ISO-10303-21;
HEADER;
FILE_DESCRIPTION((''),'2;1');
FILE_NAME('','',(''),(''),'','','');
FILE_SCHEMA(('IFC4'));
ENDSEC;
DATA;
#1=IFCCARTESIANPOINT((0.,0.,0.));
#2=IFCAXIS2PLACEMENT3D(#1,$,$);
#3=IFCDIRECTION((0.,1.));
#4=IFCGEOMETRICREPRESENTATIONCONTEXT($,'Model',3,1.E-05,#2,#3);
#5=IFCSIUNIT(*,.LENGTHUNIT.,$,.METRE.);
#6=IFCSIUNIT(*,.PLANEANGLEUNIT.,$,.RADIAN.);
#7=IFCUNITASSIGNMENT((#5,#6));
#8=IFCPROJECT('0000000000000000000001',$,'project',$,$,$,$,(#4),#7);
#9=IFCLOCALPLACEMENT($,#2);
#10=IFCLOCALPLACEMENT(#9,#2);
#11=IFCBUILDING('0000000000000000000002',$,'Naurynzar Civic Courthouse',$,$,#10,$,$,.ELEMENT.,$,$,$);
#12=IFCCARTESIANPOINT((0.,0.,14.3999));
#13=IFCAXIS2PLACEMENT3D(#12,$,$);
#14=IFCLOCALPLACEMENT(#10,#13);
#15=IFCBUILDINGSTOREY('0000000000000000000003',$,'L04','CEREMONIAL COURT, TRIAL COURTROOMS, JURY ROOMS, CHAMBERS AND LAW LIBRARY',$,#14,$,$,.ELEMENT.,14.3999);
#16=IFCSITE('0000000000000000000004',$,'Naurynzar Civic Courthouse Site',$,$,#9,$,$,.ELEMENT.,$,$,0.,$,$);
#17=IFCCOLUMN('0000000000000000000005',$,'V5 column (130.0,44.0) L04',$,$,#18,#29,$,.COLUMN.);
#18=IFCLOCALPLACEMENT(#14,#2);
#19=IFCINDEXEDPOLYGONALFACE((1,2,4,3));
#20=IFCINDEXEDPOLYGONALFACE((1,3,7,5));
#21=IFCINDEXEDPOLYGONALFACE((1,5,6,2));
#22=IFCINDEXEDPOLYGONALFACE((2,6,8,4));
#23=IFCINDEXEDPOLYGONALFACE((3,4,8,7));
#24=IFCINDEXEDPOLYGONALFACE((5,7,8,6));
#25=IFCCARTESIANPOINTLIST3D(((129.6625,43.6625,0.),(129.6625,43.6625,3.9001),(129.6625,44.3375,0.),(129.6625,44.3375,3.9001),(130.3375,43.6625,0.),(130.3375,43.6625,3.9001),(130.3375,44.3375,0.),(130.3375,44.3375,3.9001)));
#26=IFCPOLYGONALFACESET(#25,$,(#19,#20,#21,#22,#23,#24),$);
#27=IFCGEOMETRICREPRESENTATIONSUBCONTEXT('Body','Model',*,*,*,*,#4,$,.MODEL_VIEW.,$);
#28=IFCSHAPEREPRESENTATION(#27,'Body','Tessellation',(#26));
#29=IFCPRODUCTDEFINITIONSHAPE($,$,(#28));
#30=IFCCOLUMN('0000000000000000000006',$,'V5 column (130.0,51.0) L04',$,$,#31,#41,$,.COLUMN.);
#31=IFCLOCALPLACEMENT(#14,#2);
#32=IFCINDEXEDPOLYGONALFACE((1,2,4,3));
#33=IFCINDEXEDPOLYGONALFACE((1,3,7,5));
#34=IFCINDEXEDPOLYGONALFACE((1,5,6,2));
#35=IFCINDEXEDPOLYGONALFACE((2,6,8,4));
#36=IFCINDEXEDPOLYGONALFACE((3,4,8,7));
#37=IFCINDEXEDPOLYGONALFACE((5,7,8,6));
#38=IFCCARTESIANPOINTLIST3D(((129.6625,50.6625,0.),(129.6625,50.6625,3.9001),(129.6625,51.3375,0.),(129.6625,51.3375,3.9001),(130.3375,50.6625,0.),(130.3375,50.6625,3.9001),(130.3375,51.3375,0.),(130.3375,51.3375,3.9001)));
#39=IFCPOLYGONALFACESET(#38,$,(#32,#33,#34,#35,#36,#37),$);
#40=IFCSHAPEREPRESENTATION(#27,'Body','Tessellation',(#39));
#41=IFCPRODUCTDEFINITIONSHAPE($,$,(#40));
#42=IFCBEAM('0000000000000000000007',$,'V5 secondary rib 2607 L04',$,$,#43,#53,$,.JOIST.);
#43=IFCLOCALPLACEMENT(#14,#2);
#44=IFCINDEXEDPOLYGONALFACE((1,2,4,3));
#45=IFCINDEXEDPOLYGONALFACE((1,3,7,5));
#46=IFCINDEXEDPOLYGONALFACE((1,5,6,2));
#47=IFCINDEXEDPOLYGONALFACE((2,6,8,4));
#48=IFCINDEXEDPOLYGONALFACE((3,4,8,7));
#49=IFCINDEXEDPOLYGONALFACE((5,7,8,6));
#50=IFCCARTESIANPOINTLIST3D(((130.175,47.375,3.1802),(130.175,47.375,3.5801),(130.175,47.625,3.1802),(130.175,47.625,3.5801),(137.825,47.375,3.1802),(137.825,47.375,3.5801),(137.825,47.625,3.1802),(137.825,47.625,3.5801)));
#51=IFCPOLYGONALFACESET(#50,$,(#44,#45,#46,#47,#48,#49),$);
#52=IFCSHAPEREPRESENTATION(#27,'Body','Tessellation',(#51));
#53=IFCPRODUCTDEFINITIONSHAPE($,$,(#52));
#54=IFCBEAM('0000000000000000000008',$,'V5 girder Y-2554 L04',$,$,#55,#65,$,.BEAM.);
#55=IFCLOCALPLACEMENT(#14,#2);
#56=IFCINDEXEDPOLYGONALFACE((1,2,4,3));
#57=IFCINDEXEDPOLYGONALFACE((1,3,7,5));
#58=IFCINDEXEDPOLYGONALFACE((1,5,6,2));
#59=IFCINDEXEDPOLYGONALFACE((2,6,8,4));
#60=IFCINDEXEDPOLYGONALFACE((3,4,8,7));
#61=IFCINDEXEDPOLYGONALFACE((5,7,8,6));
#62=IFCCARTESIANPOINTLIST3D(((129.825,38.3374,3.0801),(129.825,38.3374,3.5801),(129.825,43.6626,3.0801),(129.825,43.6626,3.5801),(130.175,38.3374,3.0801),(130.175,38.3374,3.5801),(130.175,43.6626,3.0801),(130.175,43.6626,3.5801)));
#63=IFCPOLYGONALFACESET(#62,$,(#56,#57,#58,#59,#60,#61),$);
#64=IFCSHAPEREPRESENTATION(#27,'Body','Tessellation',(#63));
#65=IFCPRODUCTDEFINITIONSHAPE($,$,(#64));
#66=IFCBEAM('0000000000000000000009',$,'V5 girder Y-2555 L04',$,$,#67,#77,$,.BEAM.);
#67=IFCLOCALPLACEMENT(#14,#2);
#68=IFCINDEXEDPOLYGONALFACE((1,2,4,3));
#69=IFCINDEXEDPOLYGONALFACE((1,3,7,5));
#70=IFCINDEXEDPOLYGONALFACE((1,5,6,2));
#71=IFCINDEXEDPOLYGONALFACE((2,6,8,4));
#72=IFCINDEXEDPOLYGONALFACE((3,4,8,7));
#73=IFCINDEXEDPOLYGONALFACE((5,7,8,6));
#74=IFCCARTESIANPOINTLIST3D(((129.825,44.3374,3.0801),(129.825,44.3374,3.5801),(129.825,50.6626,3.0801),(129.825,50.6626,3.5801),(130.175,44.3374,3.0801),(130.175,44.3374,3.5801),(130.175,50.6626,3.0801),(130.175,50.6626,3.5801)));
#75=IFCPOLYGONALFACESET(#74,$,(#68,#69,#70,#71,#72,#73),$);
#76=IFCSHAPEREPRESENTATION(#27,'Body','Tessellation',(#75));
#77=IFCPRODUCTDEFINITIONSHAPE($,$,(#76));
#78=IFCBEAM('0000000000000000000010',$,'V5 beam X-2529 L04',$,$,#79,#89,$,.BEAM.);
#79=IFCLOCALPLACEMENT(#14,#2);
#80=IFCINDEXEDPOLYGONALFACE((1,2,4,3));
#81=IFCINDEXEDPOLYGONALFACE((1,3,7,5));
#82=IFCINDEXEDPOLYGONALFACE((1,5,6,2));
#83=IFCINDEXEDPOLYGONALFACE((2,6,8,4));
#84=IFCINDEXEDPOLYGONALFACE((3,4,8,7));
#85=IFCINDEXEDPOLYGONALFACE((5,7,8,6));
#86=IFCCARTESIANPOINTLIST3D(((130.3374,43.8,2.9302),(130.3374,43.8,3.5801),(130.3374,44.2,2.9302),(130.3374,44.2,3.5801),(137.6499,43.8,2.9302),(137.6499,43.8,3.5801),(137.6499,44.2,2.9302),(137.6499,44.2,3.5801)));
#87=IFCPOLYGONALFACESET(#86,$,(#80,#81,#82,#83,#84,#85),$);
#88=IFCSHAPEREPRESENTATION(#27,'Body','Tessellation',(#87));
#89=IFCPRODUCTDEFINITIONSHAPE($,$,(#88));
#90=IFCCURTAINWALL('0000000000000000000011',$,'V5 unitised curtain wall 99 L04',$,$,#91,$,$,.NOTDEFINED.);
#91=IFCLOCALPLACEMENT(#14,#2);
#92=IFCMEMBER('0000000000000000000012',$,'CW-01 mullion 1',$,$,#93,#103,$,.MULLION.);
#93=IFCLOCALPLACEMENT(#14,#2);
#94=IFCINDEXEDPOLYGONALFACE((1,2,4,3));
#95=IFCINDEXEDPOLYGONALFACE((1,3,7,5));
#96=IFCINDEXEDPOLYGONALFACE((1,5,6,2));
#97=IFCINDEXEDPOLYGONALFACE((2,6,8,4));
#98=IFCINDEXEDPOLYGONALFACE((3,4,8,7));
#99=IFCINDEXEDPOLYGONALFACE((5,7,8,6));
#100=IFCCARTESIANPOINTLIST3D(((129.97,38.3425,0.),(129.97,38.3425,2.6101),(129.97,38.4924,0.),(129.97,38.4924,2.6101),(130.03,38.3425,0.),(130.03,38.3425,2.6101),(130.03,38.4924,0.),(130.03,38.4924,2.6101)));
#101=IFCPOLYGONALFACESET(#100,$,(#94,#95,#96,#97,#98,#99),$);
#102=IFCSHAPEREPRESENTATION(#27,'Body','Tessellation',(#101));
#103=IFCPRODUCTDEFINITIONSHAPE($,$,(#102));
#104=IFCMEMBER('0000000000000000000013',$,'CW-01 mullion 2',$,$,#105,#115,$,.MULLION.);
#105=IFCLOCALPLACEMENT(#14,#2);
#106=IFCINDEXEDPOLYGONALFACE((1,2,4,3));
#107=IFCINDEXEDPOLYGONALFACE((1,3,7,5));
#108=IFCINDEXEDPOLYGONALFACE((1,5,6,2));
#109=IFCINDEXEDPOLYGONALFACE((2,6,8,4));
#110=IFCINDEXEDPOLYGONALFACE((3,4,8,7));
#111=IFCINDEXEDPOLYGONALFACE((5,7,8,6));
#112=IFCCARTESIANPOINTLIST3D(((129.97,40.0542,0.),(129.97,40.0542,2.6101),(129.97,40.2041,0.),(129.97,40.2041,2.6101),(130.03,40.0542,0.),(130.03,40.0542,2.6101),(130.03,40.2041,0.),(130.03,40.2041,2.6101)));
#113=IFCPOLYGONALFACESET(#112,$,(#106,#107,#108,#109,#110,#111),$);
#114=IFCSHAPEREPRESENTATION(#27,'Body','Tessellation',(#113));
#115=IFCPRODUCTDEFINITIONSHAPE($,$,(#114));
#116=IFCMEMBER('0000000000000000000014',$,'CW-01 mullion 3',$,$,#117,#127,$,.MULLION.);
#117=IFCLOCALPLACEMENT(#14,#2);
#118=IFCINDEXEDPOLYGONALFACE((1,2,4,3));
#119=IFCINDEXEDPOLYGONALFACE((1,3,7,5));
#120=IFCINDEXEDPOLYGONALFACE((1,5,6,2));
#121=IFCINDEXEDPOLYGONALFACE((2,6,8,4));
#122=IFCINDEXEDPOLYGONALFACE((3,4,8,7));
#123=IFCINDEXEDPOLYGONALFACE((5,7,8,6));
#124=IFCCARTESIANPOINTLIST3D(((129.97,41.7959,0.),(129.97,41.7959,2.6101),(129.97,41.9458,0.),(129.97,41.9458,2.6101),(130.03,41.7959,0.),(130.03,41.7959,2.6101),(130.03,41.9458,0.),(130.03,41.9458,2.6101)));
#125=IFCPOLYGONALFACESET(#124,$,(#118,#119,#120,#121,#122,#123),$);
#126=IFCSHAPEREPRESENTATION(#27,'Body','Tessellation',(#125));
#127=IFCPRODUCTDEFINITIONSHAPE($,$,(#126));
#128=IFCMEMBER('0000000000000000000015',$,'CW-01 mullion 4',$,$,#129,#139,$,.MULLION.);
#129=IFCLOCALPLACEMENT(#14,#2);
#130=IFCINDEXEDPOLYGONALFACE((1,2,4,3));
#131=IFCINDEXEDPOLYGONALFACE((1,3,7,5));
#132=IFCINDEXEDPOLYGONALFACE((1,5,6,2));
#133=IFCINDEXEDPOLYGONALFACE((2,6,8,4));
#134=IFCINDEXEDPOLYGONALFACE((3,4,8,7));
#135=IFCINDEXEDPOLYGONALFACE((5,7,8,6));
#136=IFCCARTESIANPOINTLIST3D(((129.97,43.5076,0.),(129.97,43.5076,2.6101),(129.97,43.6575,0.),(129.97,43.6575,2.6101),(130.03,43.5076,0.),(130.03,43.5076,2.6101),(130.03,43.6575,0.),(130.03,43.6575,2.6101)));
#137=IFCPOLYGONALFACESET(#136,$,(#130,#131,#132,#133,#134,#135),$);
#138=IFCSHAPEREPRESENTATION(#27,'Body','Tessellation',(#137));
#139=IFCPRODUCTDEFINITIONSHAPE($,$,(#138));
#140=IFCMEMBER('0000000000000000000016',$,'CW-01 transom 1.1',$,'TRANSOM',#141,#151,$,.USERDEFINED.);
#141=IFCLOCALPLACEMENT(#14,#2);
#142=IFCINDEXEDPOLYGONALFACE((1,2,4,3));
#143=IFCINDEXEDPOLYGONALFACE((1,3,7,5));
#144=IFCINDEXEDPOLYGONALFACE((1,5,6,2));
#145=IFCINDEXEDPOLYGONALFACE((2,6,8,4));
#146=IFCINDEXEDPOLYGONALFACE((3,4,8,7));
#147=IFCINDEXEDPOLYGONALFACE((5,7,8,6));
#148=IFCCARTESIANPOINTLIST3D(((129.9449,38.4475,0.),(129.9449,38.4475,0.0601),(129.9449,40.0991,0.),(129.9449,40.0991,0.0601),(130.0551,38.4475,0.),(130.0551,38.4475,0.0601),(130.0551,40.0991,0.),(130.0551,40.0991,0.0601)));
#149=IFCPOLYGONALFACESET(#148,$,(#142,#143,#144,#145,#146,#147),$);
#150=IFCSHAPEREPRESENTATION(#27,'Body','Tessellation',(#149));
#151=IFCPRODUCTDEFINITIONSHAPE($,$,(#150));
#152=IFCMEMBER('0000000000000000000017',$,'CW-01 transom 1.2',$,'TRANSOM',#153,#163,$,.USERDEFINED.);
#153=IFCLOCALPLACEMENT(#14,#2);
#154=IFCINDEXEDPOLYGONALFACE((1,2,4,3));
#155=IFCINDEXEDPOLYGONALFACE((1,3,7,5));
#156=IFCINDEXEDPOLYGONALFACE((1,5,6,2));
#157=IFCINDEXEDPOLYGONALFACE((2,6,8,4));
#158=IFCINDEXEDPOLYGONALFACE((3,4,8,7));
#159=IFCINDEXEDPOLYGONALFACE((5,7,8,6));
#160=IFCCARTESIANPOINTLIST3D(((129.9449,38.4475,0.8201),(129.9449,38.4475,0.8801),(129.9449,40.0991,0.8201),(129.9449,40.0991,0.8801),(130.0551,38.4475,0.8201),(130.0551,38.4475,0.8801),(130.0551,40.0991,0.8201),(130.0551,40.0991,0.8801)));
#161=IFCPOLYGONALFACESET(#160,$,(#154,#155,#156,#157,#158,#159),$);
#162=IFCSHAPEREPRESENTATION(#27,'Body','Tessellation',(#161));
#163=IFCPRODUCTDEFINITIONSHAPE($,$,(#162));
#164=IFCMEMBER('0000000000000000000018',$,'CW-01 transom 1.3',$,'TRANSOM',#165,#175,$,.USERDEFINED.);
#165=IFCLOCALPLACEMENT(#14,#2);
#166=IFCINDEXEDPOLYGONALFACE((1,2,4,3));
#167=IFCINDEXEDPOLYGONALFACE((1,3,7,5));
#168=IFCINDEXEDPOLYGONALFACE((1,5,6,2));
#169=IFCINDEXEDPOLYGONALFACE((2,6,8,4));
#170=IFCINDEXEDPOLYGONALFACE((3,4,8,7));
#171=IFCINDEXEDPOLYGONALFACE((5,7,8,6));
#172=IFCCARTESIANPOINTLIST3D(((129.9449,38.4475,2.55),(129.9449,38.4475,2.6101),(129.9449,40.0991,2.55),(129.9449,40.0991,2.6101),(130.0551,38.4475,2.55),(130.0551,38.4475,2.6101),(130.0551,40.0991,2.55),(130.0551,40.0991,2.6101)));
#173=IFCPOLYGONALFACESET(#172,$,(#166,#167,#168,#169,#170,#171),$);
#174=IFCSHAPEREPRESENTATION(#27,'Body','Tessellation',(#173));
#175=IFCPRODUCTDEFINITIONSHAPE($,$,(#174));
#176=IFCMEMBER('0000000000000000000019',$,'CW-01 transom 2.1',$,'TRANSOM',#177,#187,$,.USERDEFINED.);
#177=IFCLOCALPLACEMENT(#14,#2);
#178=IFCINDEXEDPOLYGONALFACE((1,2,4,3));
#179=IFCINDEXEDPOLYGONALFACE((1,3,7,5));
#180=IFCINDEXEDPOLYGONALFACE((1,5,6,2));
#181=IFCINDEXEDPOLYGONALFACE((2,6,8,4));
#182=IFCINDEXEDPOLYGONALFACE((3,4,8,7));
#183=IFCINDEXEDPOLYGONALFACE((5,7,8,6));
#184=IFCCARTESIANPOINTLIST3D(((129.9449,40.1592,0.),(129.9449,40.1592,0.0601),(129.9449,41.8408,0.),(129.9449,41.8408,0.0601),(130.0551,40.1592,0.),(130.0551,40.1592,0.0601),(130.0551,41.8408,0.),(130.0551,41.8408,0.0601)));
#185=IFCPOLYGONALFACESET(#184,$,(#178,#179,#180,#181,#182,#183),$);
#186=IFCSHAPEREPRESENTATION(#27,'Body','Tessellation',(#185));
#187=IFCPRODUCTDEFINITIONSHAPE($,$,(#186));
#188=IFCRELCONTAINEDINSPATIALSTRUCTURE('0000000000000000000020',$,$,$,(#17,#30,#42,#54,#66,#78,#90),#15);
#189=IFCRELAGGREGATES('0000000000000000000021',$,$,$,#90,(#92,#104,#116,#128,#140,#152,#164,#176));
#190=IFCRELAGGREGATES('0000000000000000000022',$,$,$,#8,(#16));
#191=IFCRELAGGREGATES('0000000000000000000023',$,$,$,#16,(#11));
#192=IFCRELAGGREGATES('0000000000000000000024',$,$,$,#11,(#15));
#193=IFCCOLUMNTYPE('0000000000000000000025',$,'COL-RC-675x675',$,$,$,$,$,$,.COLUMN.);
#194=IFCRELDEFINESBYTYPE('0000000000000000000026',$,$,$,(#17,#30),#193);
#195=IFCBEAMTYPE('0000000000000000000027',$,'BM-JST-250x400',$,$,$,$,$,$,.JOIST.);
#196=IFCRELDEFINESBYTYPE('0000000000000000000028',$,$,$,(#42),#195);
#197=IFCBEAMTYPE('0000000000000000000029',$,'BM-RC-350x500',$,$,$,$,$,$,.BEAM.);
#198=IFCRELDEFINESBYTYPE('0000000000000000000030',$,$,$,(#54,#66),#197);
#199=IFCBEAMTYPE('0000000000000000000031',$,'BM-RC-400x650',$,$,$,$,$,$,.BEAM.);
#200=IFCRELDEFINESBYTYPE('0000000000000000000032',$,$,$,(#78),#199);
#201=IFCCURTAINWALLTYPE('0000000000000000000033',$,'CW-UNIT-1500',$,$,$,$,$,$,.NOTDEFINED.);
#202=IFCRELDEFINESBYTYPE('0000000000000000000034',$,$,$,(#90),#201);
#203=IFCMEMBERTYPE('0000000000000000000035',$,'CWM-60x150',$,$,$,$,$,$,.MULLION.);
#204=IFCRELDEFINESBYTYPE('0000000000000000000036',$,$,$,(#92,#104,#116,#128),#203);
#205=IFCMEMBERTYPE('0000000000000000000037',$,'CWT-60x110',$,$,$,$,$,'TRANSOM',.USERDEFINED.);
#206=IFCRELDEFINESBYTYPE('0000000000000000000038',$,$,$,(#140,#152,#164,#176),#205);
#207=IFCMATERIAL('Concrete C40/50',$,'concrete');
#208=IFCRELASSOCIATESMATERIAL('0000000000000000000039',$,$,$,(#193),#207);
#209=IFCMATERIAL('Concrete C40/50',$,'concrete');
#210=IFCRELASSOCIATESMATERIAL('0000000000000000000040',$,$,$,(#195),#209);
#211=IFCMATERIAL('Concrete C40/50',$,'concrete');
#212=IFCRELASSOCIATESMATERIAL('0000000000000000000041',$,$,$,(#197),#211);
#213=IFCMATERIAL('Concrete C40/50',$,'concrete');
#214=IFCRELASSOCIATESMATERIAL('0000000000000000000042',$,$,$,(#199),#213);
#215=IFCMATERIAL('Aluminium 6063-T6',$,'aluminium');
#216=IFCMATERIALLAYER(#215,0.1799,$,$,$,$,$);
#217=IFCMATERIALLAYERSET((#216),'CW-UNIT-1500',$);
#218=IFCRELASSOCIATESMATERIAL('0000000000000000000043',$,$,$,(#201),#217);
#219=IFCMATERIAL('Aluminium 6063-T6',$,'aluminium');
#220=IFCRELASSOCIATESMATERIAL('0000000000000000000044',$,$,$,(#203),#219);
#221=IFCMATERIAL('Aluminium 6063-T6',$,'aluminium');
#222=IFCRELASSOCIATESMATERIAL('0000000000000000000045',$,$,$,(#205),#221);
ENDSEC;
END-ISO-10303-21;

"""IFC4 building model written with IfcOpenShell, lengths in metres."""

from ifc_helpers import new_model, si_unit, direction, frame, origin, origin_2d, place, context, subcontext, project, spatial, rectangle, extrude, material, layer, layer_set, material_profile, profile_set, type_object, element, aggregate, save


model = new_model("IFC4")

# Units and contexts
model_context = context("Model", 3, precision=1e-05, world=origin(), true_north=direction((0.0, 1.0)))
body_context = subcontext(model_context, "Body", "Model", "MODEL_VIEW")
ifc_project = project(units=[si_unit("LENGTHUNIT", "METRE"), si_unit("PLANEANGLEUNIT", "RADIAN")], contexts=[model_context])

# Site, building, storey
site_placement = place(None, origin())
site = spatial("IfcSite", under=ifc_project, at=site_placement, Name="Naurynzar Civic Courthouse Site", CompositionType="ELEMENT", RefElevation=0.0)
building_placement = place(site_placement, origin())
building = spatial("IfcBuilding", under=site, at=building_placement, Name="Naurynzar Civic Courthouse", CompositionType="ELEMENT")
storey_placement = place(building_placement, frame((0.0, 0.0, 14.3999)))
storey = spatial("IfcBuildingStorey", under=building, at=storey_placement, Name="L04", Description="CEREMONIAL COURT, TRIAL COURTROOMS, JURY ROOMS, CHAMBERS AND LAW LIBRARY", CompositionType="ELEMENT", Elevation=14.3999)

# Columns
ifc_material_1 = material(Name="Concrete C40/50", Category="concrete")
ifc_material_profile_1 = material_profile(ifc_material_1, rectangle(XDim=0.675, YDim=0.675, at=origin_2d()), Name="RC 675x675")
ifc_profile_set_1 = profile_set([ifc_material_profile_1], Name="Concrete C40/50")
column_type = type_object("IfcColumnType", Name="COL-RC-675x675", PredefinedType="COLUMN", material=ifc_profile_set_1)
for number, where, z_axis, x_axis, name in (
    (1, (130.0, 44.0, 0.0), (0.0, 0.0, 1.0), (1.0, 0.0, 0.0), "V5 column (130.0,44.0) L04"),
    (2, (130.0, 51.0, 0.0), (0.0, 0.0, 1.0), (1.0, 0.0, 0.0), "V5 column (130.0,51.0) L04"),
):
    element("IfcColumn", number, at=place(storey_placement, frame(where, z_axis=z_axis, x_axis=x_axis)), inside=storey, type_object=column_type, Name=name, PredefinedType="COLUMN", context=body_context, shape_type="SweptSolid", body=[
        extrude(rectangle(XDim=0.675, YDim=0.675, at=origin_2d()), origin(), (0.0, 0.0, 1.0), 3.9001),
    ])

# Beams
ifc_material_2 = material(Name="Concrete C40/50", Category="concrete")
ifc_material_profile_2 = material_profile(ifc_material_2, rectangle(XDim=0.25, YDim=0.3999, at=origin_2d()), Name="RCB 250x400")
ifc_profile_set_2 = profile_set([ifc_material_profile_2], Name="Concrete C40/50")
beam_type_1 = type_object("IfcBeamType", Name="BM-JST-250x400", PredefinedType="JOIST", material=ifc_profile_set_2)
beam_1_placement = place(storey_placement, frame((130.175, 47.5, 3.3801), z_axis=(1.0, 0.0, 0.0), x_axis=(0.0, 1.0, 0.0)))
element("IfcBeam", 3, at=beam_1_placement, inside=storey, type_object=beam_type_1, Name="V5 secondary rib 2607 L04", PredefinedType="JOIST", context=body_context, shape_type="SweptSolid", body=[
    extrude(rectangle(XDim=0.25, YDim=0.3999, at=origin_2d()), origin(), (0.0, 0.0, 1.0), 7.6499),
])
ifc_material_3 = material(Name="Concrete C40/50", Category="concrete")
ifc_material_profile_3 = material_profile(ifc_material_3, rectangle(XDim=0.3501, YDim=0.5, at=origin_2d()), Name="RCB 350x500")
ifc_profile_set_3 = profile_set([ifc_material_profile_3], Name="Concrete C40/50")
beam_type_2 = type_object("IfcBeamType", Name="BM-RC-350x500", PredefinedType="BEAM", material=ifc_profile_set_3)
beam_2_placement = place(storey_placement, frame((130.0, 38.3374, 3.3301), z_axis=(0.0, 1.0, 0.0), x_axis=(-1.0, 0.0, 0.0)))
element("IfcBeam", 4, at=beam_2_placement, inside=storey, type_object=beam_type_2, Name="V5 girder Y-2554 L04", PredefinedType="BEAM", context=body_context, shape_type="SweptSolid", body=[
    extrude(rectangle(XDim=0.3501, YDim=0.5, at=origin_2d()), origin(), (0.0, 0.0, 1.0), 5.3252),
])
beam_3_placement = place(storey_placement, frame((130.0, 44.3374, 3.3301), z_axis=(0.0, 1.0, 0.0), x_axis=(-1.0, 0.0, 0.0)))
element("IfcBeam", 5, at=beam_3_placement, inside=storey, type_object=beam_type_2, Name="V5 girder Y-2555 L04", PredefinedType="BEAM", context=body_context, shape_type="SweptSolid", body=[
    extrude(rectangle(XDim=0.3501, YDim=0.5, at=origin_2d()), origin(), (0.0, 0.0, 1.0), 6.3252),
])
ifc_material_4 = material(Name="Concrete C40/50", Category="concrete")
ifc_material_profile_4 = material_profile(ifc_material_4, rectangle(XDim=0.3999, YDim=0.6499, at=origin_2d()), Name="RCB 400x650")
ifc_profile_set_4 = profile_set([ifc_material_profile_4], Name="Concrete C40/50")
beam_type_3 = type_object("IfcBeamType", Name="BM-RC-400x650", PredefinedType="BEAM", material=ifc_profile_set_4)
beam_4_placement = place(storey_placement, frame((130.3374, 44.0, 3.2551), z_axis=(1.0, 0.0, 0.0), x_axis=(0.0, 1.0, 0.0)))
element("IfcBeam", 6, at=beam_4_placement, inside=storey, type_object=beam_type_3, Name="V5 beam X-2529 L04", PredefinedType="BEAM", context=body_context, shape_type="SweptSolid", body=[
    extrude(rectangle(XDim=0.3999, YDim=0.6499, at=origin_2d()), origin(), (0.0, 0.0, 1.0), 7.3125),
])

# Curtain wall, members
ifc_material_5 = material(Name="Aluminium 6063-T6", Category="aluminium")
ifc_layer_1 = layer(ifc_material_5, 0.1799)
ifc_layer_set_1 = layer_set([ifc_layer_1], Name="CW-UNIT-1500")
curtain_wall_type = type_object("IfcCurtainWallType", Name="CW-UNIT-1500", PredefinedType="NOTDEFINED", material=ifc_layer_set_1)
curtain_wall_placement = place(storey_placement, origin())
curtain_wall = element("IfcCurtainWall", 7, at=curtain_wall_placement, inside=storey, type_object=curtain_wall_type, Name="V5 unitised curtain wall 99 L04", PredefinedType="NOTDEFINED")
ifc_material_6 = material(Name="Aluminium 6063-T6", Category="aluminium")
ifc_material_profile_5 = material_profile(ifc_material_6, rectangle(XDim=0.0601, YDim=0.1499, at=origin_2d()), Name="ALU MULLION 60x150")
ifc_profile_set_5 = profile_set([ifc_material_profile_5], Name="Aluminium 6063-T6")
member_type_1 = type_object("IfcMemberType", Name="CWM-60x150", PredefinedType="MULLION", material=ifc_profile_set_5)
member_1_placement = place(storey_placement, frame((130.0, 38.4175, 0.0), z_axis=(0.0, 0.0, 1.0), x_axis=(-1.0, 0.0, 0.0)))
member_1 = element("IfcMember", 8, at=member_1_placement, type_object=member_type_1, Name="CW-01 mullion 1", PredefinedType="MULLION", context=body_context, shape_type="SweptSolid", body=[
    extrude(rectangle(XDim=0.0601, YDim=0.1499, at=origin_2d()), origin(), (0.0, 0.0, 1.0), 2.6101),
])
member_2_placement = place(storey_placement, frame((130.0, 40.1292, 0.0), z_axis=(0.0, 0.0, 1.0), x_axis=(-1.0, 0.0, 0.0)))
member_2 = element("IfcMember", 9, at=member_2_placement, type_object=member_type_1, Name="CW-01 mullion 2", PredefinedType="MULLION", context=body_context, shape_type="SweptSolid", body=[
    extrude(rectangle(XDim=0.0601, YDim=0.1499, at=origin_2d()), origin(), (0.0, 0.0, 1.0), 2.6101),
])
member_3_placement = place(storey_placement, frame((130.0, 41.8708, 0.0), z_axis=(0.0, 0.0, 1.0), x_axis=(-1.0, 0.0, 0.0)))
member_3 = element("IfcMember", 10, at=member_3_placement, type_object=member_type_1, Name="CW-01 mullion 3", PredefinedType="MULLION", context=body_context, shape_type="SweptSolid", body=[
    extrude(rectangle(XDim=0.0601, YDim=0.1499, at=origin_2d()), origin(), (0.0, 0.0, 1.0), 2.6101),
])
member_4_placement = place(storey_placement, frame((130.0, 43.5825, 0.0), z_axis=(0.0, 0.0, 1.0), x_axis=(-1.0, 0.0, 0.0)))
member_4 = element("IfcMember", 11, at=member_4_placement, type_object=member_type_1, Name="CW-01 mullion 4", PredefinedType="MULLION", context=body_context, shape_type="SweptSolid", body=[
    extrude(rectangle(XDim=0.0601, YDim=0.1499, at=origin_2d()), origin(), (0.0, 0.0, 1.0), 2.6101),
])
ifc_material_7 = material(Name="Aluminium 6063-T6", Category="aluminium")
ifc_material_profile_6 = material_profile(ifc_material_7, rectangle(XDim=0.1101, YDim=0.0601, at=origin_2d()), Name="ALU TRANSOM 60x110")
ifc_profile_set_6 = profile_set([ifc_material_profile_6], Name="Aluminium 6063-T6")
member_type_2 = type_object("IfcMemberType", Name="CWT-60x110", ElementType="TRANSOM", PredefinedType="USERDEFINED", material=ifc_profile_set_6)
member_5_placement = place(storey_placement, frame((130.0, 38.4475, 0.03), z_axis=(0.0, 1.0, 0.0), x_axis=(-1.0, 0.0, 0.0)))
member_5 = element("IfcMember", 12, at=member_5_placement, type_object=member_type_2, Name="CW-01 transom 1.1", ObjectType="TRANSOM", PredefinedType="USERDEFINED", context=body_context, shape_type="SweptSolid", body=[
    extrude(rectangle(XDim=0.1101, YDim=0.0601, at=origin_2d()), origin(), (0.0, 0.0, 1.0), 1.6516),
])
member_6_placement = place(storey_placement, frame((130.0, 38.4475, 0.8501), z_axis=(0.0, 1.0, 0.0), x_axis=(-1.0, 0.0, 0.0)))
member_6 = element("IfcMember", 13, at=member_6_placement, type_object=member_type_2, Name="CW-01 transom 1.2", ObjectType="TRANSOM", PredefinedType="USERDEFINED", context=body_context, shape_type="SweptSolid", body=[
    extrude(rectangle(XDim=0.1101, YDim=0.0601, at=origin_2d()), origin(), (0.0, 0.0, 1.0), 1.6516),
])
member_7_placement = place(storey_placement, frame((130.0, 38.4475, 2.5801), z_axis=(0.0, 1.0, 0.0), x_axis=(-1.0, 0.0, 0.0)))
member_7 = element("IfcMember", 14, at=member_7_placement, type_object=member_type_2, Name="CW-01 transom 1.3", ObjectType="TRANSOM", PredefinedType="USERDEFINED", context=body_context, shape_type="SweptSolid", body=[
    extrude(rectangle(XDim=0.1101, YDim=0.0601, at=origin_2d()), origin(), (0.0, 0.0, 1.0), 1.6516),
])
member_8_placement = place(storey_placement, frame((130.0, 40.1592, 0.03), z_axis=(0.0, 1.0, 0.0), x_axis=(-1.0, 0.0, 0.0)))
member_8 = element("IfcMember", 15, at=member_8_placement, type_object=member_type_2, Name="CW-01 transom 2.1", ObjectType="TRANSOM", PredefinedType="USERDEFINED", context=body_context, shape_type="SweptSolid", body=[
    extrude(rectangle(XDim=0.1101, YDim=0.0601, at=origin_2d()), origin(), (0.0, 0.0, 1.0), 1.6816),
])
aggregate(curtain_wall, [member_1, member_2, member_3, member_4, member_5, member_6, member_7, member_8])

save(model, "model.ifc")
